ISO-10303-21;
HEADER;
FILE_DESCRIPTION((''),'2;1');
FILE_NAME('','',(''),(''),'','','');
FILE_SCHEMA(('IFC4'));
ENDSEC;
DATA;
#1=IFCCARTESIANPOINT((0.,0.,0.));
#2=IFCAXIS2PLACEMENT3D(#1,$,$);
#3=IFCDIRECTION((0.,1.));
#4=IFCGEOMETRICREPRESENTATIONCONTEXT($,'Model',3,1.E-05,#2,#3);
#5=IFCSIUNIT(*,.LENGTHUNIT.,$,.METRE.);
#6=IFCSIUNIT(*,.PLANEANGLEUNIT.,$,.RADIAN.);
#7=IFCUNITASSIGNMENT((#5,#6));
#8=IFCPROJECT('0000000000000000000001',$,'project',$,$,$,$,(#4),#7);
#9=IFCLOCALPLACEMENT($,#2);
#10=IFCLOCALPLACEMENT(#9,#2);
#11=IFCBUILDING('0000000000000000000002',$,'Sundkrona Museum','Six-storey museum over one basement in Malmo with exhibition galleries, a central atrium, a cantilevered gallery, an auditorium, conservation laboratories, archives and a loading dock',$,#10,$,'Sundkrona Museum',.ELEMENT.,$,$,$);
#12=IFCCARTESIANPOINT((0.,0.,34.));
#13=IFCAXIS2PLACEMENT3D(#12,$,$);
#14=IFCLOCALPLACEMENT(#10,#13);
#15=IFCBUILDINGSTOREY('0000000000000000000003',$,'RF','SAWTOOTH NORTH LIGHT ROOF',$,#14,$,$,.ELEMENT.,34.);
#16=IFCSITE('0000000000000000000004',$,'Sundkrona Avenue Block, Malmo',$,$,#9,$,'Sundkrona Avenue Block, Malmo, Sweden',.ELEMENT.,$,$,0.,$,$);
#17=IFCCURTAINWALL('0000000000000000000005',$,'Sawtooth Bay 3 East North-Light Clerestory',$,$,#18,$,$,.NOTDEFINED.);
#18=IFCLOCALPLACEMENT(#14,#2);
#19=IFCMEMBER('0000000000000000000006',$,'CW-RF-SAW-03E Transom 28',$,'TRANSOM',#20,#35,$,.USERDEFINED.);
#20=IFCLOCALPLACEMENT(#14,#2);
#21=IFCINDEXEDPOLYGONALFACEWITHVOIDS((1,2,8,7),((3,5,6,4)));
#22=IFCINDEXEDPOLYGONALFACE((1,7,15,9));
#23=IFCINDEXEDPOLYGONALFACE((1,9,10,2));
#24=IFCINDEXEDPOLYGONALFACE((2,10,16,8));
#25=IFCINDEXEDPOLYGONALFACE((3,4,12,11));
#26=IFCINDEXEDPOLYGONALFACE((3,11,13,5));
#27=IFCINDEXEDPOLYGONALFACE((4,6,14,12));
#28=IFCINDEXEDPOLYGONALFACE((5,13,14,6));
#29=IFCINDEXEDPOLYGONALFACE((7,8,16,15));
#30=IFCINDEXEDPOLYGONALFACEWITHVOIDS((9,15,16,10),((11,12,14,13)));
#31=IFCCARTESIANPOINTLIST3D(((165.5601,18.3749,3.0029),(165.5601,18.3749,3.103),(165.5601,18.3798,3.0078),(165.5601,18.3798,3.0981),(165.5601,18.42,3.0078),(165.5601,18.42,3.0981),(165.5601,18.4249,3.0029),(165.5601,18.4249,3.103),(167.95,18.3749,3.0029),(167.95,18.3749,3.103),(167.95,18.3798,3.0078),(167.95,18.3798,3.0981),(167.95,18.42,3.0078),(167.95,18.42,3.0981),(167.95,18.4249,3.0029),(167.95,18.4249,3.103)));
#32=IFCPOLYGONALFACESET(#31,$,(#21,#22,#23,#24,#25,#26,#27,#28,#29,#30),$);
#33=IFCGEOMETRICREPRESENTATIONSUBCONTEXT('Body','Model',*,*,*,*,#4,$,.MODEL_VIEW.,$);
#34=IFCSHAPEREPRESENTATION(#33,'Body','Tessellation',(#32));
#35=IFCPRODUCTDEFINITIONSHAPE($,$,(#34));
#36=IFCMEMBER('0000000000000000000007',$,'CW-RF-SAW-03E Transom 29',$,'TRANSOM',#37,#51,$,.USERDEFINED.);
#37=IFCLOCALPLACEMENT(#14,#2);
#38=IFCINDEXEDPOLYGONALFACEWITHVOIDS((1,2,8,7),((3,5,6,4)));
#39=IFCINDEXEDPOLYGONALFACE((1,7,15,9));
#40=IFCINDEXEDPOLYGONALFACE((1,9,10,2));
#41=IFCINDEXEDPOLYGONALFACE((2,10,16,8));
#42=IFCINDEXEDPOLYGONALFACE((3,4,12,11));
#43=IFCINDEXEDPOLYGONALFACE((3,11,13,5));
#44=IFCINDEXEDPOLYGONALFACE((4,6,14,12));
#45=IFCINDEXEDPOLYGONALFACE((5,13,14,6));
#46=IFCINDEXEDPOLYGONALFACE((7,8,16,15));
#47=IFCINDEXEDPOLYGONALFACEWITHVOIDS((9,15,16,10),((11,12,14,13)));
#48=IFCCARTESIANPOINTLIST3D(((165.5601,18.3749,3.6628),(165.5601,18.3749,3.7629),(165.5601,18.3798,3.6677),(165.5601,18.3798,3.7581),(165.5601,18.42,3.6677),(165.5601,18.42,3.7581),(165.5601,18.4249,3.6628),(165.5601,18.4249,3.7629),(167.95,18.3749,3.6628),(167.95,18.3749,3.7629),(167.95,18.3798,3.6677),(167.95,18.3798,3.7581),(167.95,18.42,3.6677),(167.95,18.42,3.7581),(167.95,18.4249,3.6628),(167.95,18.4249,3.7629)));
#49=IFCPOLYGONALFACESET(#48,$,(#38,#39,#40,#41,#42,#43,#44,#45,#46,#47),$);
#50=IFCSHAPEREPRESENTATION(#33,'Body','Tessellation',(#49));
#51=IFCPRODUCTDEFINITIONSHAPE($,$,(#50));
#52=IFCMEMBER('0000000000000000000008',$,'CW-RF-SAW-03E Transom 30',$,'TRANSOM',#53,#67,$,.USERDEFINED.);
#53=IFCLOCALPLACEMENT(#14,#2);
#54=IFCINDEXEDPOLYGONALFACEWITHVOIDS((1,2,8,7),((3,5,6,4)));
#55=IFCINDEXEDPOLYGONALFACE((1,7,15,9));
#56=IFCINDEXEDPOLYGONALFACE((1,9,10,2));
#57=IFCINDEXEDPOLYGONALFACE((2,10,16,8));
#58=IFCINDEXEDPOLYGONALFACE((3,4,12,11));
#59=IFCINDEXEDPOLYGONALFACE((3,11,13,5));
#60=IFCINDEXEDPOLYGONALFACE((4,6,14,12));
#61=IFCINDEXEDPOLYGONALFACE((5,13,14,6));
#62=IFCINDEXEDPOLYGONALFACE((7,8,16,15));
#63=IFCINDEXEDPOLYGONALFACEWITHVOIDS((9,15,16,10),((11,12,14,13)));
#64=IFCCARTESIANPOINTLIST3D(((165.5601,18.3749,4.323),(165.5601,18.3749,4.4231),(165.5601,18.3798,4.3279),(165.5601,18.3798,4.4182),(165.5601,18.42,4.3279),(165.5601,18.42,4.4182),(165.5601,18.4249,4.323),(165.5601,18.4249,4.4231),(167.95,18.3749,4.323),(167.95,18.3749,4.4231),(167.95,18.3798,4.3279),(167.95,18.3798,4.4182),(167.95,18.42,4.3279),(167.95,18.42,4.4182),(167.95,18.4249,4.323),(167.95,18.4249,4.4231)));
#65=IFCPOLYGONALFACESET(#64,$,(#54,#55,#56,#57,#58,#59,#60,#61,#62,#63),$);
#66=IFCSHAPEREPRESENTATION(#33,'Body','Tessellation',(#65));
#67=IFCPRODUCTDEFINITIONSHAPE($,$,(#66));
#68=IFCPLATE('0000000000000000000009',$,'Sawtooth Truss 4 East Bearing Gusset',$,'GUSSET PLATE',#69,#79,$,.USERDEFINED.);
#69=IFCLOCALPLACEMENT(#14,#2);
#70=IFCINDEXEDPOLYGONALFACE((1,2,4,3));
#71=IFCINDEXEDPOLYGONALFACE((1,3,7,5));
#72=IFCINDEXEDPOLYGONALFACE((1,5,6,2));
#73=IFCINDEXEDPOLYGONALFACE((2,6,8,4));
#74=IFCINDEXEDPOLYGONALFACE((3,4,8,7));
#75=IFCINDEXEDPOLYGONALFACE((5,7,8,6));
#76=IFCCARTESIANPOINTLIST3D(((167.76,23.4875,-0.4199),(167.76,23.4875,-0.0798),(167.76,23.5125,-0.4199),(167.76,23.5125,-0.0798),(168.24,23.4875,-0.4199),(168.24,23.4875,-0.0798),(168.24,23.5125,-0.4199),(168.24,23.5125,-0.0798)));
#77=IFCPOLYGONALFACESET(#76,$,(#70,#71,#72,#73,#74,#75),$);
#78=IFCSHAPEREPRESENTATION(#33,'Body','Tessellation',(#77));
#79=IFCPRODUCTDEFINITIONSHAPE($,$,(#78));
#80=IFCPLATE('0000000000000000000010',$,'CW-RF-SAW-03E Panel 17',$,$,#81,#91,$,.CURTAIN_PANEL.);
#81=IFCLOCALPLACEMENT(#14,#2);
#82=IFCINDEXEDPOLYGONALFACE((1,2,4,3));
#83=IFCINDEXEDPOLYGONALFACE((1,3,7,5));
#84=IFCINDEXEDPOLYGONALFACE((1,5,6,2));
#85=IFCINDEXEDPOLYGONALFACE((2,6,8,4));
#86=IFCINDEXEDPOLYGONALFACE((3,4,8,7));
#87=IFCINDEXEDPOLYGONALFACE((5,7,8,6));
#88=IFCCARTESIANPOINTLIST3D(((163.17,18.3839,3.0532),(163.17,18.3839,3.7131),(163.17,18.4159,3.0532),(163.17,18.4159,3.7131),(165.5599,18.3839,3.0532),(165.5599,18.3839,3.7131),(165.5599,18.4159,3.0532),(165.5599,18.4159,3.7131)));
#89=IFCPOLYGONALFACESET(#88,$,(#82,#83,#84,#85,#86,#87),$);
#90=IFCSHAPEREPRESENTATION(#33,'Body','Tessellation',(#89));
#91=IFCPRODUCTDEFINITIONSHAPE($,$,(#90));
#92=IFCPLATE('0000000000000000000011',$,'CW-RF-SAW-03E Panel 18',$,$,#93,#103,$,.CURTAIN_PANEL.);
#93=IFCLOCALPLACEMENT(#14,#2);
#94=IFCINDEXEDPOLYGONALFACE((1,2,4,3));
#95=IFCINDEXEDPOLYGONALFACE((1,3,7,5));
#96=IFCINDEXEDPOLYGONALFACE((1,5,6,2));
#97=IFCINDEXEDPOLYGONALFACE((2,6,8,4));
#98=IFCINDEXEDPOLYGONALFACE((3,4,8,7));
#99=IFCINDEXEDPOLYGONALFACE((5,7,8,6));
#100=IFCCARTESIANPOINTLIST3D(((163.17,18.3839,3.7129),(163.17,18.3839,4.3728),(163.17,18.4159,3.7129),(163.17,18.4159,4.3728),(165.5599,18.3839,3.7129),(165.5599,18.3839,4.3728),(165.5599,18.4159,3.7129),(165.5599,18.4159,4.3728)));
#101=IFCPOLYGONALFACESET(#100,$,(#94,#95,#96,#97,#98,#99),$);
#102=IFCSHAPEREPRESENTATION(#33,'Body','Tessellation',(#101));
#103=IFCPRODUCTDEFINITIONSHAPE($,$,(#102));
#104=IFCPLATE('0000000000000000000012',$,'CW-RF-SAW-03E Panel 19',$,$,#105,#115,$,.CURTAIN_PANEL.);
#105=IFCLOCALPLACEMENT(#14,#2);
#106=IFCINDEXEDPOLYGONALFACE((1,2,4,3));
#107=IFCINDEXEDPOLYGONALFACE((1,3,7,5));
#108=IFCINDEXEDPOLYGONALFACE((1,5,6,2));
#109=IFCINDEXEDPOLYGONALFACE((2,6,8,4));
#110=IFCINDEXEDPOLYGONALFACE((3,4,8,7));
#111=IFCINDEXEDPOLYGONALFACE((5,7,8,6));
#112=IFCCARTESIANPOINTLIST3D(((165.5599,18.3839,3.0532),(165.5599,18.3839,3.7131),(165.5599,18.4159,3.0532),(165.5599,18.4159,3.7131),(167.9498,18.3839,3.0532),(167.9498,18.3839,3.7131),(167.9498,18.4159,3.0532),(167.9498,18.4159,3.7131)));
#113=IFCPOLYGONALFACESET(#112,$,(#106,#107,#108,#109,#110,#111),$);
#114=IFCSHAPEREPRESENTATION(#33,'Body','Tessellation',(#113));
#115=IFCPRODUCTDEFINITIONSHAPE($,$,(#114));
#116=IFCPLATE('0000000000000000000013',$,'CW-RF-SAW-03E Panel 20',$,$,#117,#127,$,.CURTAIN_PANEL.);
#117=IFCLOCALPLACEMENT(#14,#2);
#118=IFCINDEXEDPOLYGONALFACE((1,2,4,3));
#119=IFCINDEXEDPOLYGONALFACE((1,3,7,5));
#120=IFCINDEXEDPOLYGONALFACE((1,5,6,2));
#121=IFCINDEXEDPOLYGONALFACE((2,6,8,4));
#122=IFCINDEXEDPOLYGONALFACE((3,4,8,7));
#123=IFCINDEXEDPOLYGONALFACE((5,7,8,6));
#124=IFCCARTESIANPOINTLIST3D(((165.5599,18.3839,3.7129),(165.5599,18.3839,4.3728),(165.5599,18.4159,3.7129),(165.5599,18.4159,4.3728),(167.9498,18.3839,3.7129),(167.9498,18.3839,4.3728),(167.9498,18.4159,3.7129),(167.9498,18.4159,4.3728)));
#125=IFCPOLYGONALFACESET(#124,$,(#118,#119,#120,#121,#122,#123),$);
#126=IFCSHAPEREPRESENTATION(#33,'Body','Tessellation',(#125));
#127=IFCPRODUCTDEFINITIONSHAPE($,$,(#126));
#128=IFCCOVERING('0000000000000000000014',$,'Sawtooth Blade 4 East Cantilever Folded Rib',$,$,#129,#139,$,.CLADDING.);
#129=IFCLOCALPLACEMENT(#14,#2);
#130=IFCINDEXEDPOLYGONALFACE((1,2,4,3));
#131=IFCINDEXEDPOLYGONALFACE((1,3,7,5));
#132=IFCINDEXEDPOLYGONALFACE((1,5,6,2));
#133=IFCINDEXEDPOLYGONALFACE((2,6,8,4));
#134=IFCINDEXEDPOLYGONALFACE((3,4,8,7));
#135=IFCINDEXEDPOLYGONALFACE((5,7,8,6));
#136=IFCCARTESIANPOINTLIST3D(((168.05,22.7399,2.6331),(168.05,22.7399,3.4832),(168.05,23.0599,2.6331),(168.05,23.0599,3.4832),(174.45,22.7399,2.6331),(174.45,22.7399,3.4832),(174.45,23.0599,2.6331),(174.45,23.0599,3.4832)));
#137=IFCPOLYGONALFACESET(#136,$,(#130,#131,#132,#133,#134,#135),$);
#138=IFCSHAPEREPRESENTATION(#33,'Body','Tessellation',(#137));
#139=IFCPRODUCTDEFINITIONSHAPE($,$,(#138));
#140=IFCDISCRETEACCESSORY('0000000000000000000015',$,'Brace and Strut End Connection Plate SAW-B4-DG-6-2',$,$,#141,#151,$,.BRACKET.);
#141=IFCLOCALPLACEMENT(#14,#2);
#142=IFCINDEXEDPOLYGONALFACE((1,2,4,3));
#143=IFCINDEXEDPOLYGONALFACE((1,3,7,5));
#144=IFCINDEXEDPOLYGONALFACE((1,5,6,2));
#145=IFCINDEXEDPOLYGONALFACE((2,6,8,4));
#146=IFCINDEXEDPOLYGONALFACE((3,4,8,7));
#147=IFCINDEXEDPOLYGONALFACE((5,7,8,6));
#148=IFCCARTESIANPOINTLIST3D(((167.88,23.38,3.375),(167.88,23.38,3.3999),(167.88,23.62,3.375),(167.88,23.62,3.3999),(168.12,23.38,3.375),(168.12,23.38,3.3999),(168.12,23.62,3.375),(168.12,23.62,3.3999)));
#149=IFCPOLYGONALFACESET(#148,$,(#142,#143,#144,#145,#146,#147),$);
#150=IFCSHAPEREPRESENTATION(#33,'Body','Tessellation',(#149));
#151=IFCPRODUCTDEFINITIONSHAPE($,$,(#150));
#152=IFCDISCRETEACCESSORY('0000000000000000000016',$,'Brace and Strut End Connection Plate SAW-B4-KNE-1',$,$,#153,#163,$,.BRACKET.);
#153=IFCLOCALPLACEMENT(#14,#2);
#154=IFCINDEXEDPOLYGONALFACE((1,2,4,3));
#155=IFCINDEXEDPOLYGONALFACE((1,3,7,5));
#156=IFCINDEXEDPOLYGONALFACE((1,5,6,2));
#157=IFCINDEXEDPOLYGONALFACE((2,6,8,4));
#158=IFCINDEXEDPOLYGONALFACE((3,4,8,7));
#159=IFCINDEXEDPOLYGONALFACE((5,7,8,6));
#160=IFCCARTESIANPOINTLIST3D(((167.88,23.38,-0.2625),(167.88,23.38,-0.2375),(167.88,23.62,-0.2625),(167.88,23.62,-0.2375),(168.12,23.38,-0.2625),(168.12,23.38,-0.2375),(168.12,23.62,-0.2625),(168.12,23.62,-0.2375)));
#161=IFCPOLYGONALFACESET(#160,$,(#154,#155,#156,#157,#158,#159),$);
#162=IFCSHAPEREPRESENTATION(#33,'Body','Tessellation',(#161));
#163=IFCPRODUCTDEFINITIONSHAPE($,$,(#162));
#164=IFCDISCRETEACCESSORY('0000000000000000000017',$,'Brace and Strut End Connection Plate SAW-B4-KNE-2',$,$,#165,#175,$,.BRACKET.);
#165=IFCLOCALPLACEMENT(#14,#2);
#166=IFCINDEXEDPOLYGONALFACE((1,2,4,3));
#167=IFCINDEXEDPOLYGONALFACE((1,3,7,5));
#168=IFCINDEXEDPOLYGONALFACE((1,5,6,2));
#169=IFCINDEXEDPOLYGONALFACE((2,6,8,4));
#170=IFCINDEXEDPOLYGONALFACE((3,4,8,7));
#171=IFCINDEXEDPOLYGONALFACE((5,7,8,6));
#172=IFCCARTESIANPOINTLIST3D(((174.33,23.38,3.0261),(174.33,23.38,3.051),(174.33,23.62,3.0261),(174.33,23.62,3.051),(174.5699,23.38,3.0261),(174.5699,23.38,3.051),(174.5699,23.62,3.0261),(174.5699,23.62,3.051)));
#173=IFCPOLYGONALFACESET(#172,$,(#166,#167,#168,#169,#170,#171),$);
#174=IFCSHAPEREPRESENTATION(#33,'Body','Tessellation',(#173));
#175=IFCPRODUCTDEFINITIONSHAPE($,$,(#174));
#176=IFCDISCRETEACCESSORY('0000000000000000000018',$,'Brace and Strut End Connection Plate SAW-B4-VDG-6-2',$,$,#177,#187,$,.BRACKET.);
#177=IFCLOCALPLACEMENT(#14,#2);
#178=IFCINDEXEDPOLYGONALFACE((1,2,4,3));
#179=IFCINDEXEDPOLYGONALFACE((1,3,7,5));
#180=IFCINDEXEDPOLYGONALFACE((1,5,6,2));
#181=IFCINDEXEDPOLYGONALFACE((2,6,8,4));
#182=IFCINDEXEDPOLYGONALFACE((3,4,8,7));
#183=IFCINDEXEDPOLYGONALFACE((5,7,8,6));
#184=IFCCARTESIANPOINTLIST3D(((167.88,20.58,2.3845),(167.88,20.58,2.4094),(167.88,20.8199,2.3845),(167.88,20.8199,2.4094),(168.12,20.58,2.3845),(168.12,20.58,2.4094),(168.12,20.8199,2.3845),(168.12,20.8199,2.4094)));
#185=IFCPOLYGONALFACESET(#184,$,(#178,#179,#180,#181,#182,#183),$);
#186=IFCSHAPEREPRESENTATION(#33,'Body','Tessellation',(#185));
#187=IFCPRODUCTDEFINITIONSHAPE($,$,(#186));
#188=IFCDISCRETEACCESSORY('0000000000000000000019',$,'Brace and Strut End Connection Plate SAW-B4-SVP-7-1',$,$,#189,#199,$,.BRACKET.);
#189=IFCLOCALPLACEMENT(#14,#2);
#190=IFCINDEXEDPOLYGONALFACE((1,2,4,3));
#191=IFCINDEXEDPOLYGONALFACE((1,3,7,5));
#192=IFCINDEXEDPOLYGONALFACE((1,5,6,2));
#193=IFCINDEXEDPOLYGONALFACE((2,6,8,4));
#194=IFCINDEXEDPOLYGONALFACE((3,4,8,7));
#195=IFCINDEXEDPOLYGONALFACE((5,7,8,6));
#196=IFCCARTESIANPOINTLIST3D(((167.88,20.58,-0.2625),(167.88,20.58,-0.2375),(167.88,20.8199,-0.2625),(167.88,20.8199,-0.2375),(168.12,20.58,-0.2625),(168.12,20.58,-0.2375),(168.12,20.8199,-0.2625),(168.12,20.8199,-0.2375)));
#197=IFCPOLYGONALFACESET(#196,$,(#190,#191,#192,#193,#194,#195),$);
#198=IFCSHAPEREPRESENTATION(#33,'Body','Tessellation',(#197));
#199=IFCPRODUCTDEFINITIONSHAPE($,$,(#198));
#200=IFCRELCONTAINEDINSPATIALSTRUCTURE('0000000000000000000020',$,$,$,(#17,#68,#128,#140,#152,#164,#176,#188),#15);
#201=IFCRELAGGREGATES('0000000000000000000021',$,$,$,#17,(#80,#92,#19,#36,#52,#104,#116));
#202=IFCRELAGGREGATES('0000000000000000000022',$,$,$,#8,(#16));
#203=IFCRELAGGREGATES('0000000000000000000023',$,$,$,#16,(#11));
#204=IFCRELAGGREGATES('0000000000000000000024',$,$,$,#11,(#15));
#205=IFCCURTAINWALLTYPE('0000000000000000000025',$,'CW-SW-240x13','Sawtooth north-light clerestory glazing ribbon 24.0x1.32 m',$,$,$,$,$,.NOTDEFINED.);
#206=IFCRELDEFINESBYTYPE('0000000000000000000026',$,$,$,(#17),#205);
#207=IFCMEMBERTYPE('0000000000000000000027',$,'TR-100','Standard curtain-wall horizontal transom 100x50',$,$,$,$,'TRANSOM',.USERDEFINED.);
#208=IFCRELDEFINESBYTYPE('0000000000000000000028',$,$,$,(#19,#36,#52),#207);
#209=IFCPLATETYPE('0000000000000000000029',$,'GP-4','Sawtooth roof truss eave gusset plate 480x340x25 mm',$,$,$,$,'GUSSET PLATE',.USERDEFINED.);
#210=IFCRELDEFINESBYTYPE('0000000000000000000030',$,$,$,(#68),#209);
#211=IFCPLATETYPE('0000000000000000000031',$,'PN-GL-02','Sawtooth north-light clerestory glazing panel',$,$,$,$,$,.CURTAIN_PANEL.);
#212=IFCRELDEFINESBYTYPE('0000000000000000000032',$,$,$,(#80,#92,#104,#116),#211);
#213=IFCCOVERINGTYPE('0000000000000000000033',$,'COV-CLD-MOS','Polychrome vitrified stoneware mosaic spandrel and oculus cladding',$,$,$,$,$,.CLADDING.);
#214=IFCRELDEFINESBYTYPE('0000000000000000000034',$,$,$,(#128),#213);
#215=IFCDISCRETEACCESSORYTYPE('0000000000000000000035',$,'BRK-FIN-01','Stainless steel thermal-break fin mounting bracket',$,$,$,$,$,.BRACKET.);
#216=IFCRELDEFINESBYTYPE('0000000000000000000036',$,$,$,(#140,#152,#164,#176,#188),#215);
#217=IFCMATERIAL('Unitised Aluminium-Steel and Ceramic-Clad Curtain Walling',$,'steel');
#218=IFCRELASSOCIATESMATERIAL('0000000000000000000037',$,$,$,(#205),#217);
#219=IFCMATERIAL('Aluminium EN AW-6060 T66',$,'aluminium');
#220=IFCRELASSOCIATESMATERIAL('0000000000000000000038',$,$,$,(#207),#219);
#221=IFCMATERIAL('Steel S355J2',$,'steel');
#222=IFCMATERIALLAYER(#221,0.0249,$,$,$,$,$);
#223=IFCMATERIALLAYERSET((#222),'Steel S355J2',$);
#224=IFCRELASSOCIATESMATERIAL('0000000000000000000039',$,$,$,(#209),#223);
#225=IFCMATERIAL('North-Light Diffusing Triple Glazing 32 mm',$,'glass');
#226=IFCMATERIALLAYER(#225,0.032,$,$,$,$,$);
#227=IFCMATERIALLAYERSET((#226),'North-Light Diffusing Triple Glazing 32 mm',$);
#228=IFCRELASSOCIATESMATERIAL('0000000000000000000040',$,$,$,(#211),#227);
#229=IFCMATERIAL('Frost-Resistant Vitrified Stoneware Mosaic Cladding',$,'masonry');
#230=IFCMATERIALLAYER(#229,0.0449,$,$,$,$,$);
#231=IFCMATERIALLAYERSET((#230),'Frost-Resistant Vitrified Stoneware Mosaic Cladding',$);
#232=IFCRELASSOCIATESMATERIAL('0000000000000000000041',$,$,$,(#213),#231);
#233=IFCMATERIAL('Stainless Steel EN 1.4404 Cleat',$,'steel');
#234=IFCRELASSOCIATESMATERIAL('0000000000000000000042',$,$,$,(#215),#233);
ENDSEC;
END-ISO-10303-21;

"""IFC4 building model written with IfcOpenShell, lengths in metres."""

from ifc_helpers import new_model, si_unit, direction, frame, origin, origin_2d, place, context, subcontext, project, spatial, rectangle, hollow_rectangle, extrude, material, layer, layer_set, material_profile, profile_set, type_object, element, aggregate, save


model = new_model("IFC4")

# Units and contexts
model_context = context("Model", 3, precision=1e-05, world=origin(), true_north=direction((0.0, 1.0)))
body_context = subcontext(model_context, "Body", "Model", "MODEL_VIEW")
ifc_project = project(units=[si_unit("LENGTHUNIT", "METRE"), si_unit("PLANEANGLEUNIT", "RADIAN")], contexts=[model_context])

# Site, building, storey
site_placement = place(None, origin())
site = spatial("IfcSite", under=ifc_project, at=site_placement, Name="Sundkrona Avenue Block, Malmo", LongName="Sundkrona Avenue Block, Malmo, Sweden", CompositionType="ELEMENT", RefElevation=0.0)
building_placement = place(site_placement, origin())
building = spatial("IfcBuilding", under=site, at=building_placement, Name="Sundkrona Museum", Description="Six-storey museum over one basement in Malmo with exhibition galleries, a central atrium, a cantilevered gallery, an auditorium, conservation laboratories, archives and a loading dock", LongName="Sundkrona Museum", CompositionType="ELEMENT")
storey_placement = place(building_placement, frame((0.0, 0.0, 34.0)))
storey = spatial("IfcBuildingStorey", under=building, at=storey_placement, Name="RF", Description="SAWTOOTH NORTH LIGHT ROOF", CompositionType="ELEMENT", Elevation=34.0)

# Shared definitions
ifc_material_1 = material(Name="Steel S355J2", Category="steel")

# Curtain wall
ifc_material_2 = material(Name="Unitised Aluminium-Steel and Ceramic-Clad Curtain Walling", Category="steel")
curtain_wall_type = type_object("IfcCurtainWallType", Name="CW-SW-240x13", Description="Sawtooth north-light clerestory glazing ribbon 24.0x1.32 m", PredefinedType="NOTDEFINED", material=ifc_material_2)
curtain_wall_placement = place(storey_placement, origin())
curtain_wall = element("IfcCurtainWall", 1, at=curtain_wall_placement, inside=storey, type_object=curtain_wall_type, Name="Sawtooth Bay 3 East North-Light Clerestory", PredefinedType="NOTDEFINED")
ifc_material_3 = material(Name="Aluminium EN AW-6060 T66", Category="aluminium")

# Members
ifc_material_profile_1 = material_profile(ifc_material_3, hollow_rectangle(XDim=0.05, YDim=0.1001, WallThickness=0.0049, at=origin_2d()), Name="RHS 100x50x5.0")
ifc_profile_set_1 = profile_set([ifc_material_profile_1], Name="Aluminium EN AW-6060 T66")
member_type_1 = type_object("IfcMemberType", Name="TR-100", Description="Standard curtain-wall horizontal transom 100x50", ElementType="TRANSOM", PredefinedType="USERDEFINED", material=ifc_profile_set_1)
member_1_placement = place(storey_placement, frame((165.5601, 18.3999, 3.053), z_axis=(1.0, 0.0, 0.0), x_axis=(0.0, 1.0, 0.0)))
member_1 = element("IfcMember", 2, at=member_1_placement, type_object=member_type_1, Name="CW-RF-SAW-03E Transom 28", ObjectType="TRANSOM", PredefinedType="USERDEFINED", context=body_context, shape_type="SweptSolid", body=[
    extrude(hollow_rectangle(XDim=0.05, YDim=0.1001, WallThickness=0.0049, at=origin_2d()), origin(), (0.0, 0.0, 1.0), 2.3899),
])
member_2_placement = place(storey_placement, frame((165.5601, 18.3999, 3.7129), z_axis=(1.0, 0.0, 0.0), x_axis=(0.0, 1.0, 0.0)))
member_2 = element("IfcMember", 3, at=member_2_placement, type_object=member_type_1, Name="CW-RF-SAW-03E Transom 29", ObjectType="TRANSOM", PredefinedType="USERDEFINED", context=body_context, shape_type="SweptSolid", body=[
    extrude(hollow_rectangle(XDim=0.05, YDim=0.1001, WallThickness=0.0049, at=origin_2d()), origin(), (0.0, 0.0, 1.0), 2.3899),
])
member_3_placement = place(storey_placement, frame((165.5601, 18.3999, 4.373), z_axis=(1.0, 0.0, 0.0), x_axis=(0.0, 1.0, 0.0)))
member_3 = element("IfcMember", 4, at=member_3_placement, type_object=member_type_1, Name="CW-RF-SAW-03E Transom 30", ObjectType="TRANSOM", PredefinedType="USERDEFINED", context=body_context, shape_type="SweptSolid", body=[
    extrude(hollow_rectangle(XDim=0.05, YDim=0.1001, WallThickness=0.0049, at=origin_2d()), origin(), (0.0, 0.0, 1.0), 2.3899),
])

# Plates
ifc_layer_1 = layer(ifc_material_1, 0.0249)
ifc_layer_set_1 = layer_set([ifc_layer_1], Name="Steel S355J2")
plate_type_1 = type_object("IfcPlateType", Name="GP-4", Description="Sawtooth roof truss eave gusset plate 480x340x25 mm", ElementType="GUSSET PLATE", PredefinedType="USERDEFINED", material=ifc_layer_set_1)
plate_1_placement = place(storey_placement, frame((168.0, 23.5, -0.4199), z_axis=(0.0, 0.0, 1.0), x_axis=(1.0, 0.0, 0.0)))
element("IfcPlate", 5, at=plate_1_placement, inside=storey, type_object=plate_type_1, Name="Sawtooth Truss 4 East Bearing Gusset", ObjectType="GUSSET PLATE", PredefinedType="USERDEFINED", context=body_context, shape_type="SweptSolid", body=[
    extrude(rectangle(XDim=0.48, YDim=0.0249, at=origin_2d()), origin(), (0.0, 0.0, 1.0), 0.3401),
])
ifc_material_4 = material(Name="North-Light Diffusing Triple Glazing 32 mm", Category="glass")
ifc_layer_2 = layer(ifc_material_4, 0.032)
ifc_layer_set_2 = layer_set([ifc_layer_2], Name="North-Light Diffusing Triple Glazing 32 mm")
plate_type_2 = type_object("IfcPlateType", Name="PN-GL-02", Description="Sawtooth north-light clerestory glazing panel", PredefinedType="CURTAIN_PANEL", material=ifc_layer_set_2)
plate_2_placement = place(storey_placement, frame((164.365, 18.3999, 3.0532), z_axis=(0.0, 0.0, 1.0), x_axis=(1.0, 0.0, 0.0)))
plate_2 = element("IfcPlate", 6, at=plate_2_placement, type_object=plate_type_2, Name="CW-RF-SAW-03E Panel 17", PredefinedType="CURTAIN_PANEL", context=body_context, shape_type="SweptSolid", body=[
    extrude(rectangle(XDim=2.3899, YDim=0.032, at=origin_2d()), origin(), (0.0, 0.0, 1.0), 0.6599),
])
plate_3_placement = place(storey_placement, frame((164.365, 18.3999, 3.7129), z_axis=(0.0, 0.0, 1.0), x_axis=(1.0, 0.0, 0.0)))
plate_3 = element("IfcPlate", 7, at=plate_3_placement, type_object=plate_type_2, Name="CW-RF-SAW-03E Panel 18", PredefinedType="CURTAIN_PANEL", context=body_context, shape_type="SweptSolid", body=[
    extrude(rectangle(XDim=2.3899, YDim=0.032, at=origin_2d()), origin(), (0.0, 0.0, 1.0), 0.6599),
])
plate_4_placement = place(storey_placement, frame((166.7549, 18.3999, 3.0532), z_axis=(0.0, 0.0, 1.0), x_axis=(1.0, 0.0, 0.0)))
plate_4 = element("IfcPlate", 8, at=plate_4_placement, type_object=plate_type_2, Name="CW-RF-SAW-03E Panel 19", PredefinedType="CURTAIN_PANEL", context=body_context, shape_type="SweptSolid", body=[
    extrude(rectangle(XDim=2.3899, YDim=0.032, at=origin_2d()), origin(), (0.0, 0.0, 1.0), 0.6599),
])
plate_5_placement = place(storey_placement, frame((166.7549, 18.3999, 3.7129), z_axis=(0.0, 0.0, 1.0), x_axis=(1.0, 0.0, 0.0)))
plate_5 = element("IfcPlate", 9, at=plate_5_placement, type_object=plate_type_2, Name="CW-RF-SAW-03E Panel 20", PredefinedType="CURTAIN_PANEL", context=body_context, shape_type="SweptSolid", body=[
    extrude(rectangle(XDim=2.3899, YDim=0.032, at=origin_2d()), origin(), (0.0, 0.0, 1.0), 0.6599),
])
aggregate(curtain_wall, [plate_2, plate_3, member_1, member_2, member_3, plate_4, plate_5])

# Covering
ifc_material_5 = material(Name="Frost-Resistant Vitrified Stoneware Mosaic Cladding", Category="masonry")
ifc_layer_3 = layer(ifc_material_5, 0.0449)
ifc_layer_set_3 = layer_set([ifc_layer_3], Name="Frost-Resistant Vitrified Stoneware Mosaic Cladding")
covering_type = type_object("IfcCoveringType", Name="COV-CLD-MOS", Description="Polychrome vitrified stoneware mosaic spandrel and oculus cladding", PredefinedType="CLADDING", material=ifc_layer_set_3)
covering_placement = place(storey_placement, frame((171.25, 22.8999, 2.6331), z_axis=(0.0, 0.0, 1.0), x_axis=(1.0, 0.0, 0.0)))
element("IfcCovering", 10, at=covering_placement, inside=storey, type_object=covering_type, Name="Sawtooth Blade 4 East Cantilever Folded Rib", PredefinedType="CLADDING", context=body_context, shape_type="SweptSolid", body=[
    extrude(rectangle(XDim=6.3999, YDim=0.3201, at=origin_2d()), origin(), (0.0, 0.0, 1.0), 0.8501),
])

# Discrete accessories
ifc_material_6 = material(Name="Stainless Steel EN 1.4404 Cleat", Category="steel")
discrete_accessory_type = type_object("IfcDiscreteAccessoryType", Name="BRK-FIN-01", Description="Stainless steel thermal-break fin mounting bracket", PredefinedType="BRACKET", material=ifc_material_6)
for number, where, z_axis, x_axis, name in (
    (11, (168.0, 23.5, 3.375), (0.0, 0.0, 1.0), (1.0, 0.0, 0.0), "Brace and Strut End Connection Plate SAW-B4-DG-6-2"),
    (12, (168.0, 23.5, -0.2625), (0.0, 0.0, 1.0), (1.0, 0.0, 0.0), "Brace and Strut End Connection Plate SAW-B4-KNE-1"),
    (13, (174.45, 23.5, 3.0261), (0.0, 0.0, 1.0), (1.0, 0.0, 0.0), "Brace and Strut End Connection Plate SAW-B4-KNE-2"),
    (14, (168.0, 20.7, 2.3845), (0.0, 0.0, 1.0), (1.0, 0.0, 0.0), "Brace and Strut End Connection Plate SAW-B4-VDG-6-2"),
    (15, (168.0, 20.7, -0.2625), (0.0, 0.0, 1.0), (1.0, 0.0, 0.0), "Brace and Strut End Connection Plate SAW-B4-SVP-7-1"),
):
    element("IfcDiscreteAccessory", number, at=place(storey_placement, frame(where, z_axis=z_axis, x_axis=x_axis)), inside=storey, type_object=discrete_accessory_type, Name=name, PredefinedType="BRACKET", context=body_context, shape_type="SweptSolid", body=[
        extrude(rectangle(XDim=0.24, YDim=0.24, at=origin_2d()), origin(), (0.0, 0.0, 1.0), 0.0249),
    ])

save(model, "model.ifc")
